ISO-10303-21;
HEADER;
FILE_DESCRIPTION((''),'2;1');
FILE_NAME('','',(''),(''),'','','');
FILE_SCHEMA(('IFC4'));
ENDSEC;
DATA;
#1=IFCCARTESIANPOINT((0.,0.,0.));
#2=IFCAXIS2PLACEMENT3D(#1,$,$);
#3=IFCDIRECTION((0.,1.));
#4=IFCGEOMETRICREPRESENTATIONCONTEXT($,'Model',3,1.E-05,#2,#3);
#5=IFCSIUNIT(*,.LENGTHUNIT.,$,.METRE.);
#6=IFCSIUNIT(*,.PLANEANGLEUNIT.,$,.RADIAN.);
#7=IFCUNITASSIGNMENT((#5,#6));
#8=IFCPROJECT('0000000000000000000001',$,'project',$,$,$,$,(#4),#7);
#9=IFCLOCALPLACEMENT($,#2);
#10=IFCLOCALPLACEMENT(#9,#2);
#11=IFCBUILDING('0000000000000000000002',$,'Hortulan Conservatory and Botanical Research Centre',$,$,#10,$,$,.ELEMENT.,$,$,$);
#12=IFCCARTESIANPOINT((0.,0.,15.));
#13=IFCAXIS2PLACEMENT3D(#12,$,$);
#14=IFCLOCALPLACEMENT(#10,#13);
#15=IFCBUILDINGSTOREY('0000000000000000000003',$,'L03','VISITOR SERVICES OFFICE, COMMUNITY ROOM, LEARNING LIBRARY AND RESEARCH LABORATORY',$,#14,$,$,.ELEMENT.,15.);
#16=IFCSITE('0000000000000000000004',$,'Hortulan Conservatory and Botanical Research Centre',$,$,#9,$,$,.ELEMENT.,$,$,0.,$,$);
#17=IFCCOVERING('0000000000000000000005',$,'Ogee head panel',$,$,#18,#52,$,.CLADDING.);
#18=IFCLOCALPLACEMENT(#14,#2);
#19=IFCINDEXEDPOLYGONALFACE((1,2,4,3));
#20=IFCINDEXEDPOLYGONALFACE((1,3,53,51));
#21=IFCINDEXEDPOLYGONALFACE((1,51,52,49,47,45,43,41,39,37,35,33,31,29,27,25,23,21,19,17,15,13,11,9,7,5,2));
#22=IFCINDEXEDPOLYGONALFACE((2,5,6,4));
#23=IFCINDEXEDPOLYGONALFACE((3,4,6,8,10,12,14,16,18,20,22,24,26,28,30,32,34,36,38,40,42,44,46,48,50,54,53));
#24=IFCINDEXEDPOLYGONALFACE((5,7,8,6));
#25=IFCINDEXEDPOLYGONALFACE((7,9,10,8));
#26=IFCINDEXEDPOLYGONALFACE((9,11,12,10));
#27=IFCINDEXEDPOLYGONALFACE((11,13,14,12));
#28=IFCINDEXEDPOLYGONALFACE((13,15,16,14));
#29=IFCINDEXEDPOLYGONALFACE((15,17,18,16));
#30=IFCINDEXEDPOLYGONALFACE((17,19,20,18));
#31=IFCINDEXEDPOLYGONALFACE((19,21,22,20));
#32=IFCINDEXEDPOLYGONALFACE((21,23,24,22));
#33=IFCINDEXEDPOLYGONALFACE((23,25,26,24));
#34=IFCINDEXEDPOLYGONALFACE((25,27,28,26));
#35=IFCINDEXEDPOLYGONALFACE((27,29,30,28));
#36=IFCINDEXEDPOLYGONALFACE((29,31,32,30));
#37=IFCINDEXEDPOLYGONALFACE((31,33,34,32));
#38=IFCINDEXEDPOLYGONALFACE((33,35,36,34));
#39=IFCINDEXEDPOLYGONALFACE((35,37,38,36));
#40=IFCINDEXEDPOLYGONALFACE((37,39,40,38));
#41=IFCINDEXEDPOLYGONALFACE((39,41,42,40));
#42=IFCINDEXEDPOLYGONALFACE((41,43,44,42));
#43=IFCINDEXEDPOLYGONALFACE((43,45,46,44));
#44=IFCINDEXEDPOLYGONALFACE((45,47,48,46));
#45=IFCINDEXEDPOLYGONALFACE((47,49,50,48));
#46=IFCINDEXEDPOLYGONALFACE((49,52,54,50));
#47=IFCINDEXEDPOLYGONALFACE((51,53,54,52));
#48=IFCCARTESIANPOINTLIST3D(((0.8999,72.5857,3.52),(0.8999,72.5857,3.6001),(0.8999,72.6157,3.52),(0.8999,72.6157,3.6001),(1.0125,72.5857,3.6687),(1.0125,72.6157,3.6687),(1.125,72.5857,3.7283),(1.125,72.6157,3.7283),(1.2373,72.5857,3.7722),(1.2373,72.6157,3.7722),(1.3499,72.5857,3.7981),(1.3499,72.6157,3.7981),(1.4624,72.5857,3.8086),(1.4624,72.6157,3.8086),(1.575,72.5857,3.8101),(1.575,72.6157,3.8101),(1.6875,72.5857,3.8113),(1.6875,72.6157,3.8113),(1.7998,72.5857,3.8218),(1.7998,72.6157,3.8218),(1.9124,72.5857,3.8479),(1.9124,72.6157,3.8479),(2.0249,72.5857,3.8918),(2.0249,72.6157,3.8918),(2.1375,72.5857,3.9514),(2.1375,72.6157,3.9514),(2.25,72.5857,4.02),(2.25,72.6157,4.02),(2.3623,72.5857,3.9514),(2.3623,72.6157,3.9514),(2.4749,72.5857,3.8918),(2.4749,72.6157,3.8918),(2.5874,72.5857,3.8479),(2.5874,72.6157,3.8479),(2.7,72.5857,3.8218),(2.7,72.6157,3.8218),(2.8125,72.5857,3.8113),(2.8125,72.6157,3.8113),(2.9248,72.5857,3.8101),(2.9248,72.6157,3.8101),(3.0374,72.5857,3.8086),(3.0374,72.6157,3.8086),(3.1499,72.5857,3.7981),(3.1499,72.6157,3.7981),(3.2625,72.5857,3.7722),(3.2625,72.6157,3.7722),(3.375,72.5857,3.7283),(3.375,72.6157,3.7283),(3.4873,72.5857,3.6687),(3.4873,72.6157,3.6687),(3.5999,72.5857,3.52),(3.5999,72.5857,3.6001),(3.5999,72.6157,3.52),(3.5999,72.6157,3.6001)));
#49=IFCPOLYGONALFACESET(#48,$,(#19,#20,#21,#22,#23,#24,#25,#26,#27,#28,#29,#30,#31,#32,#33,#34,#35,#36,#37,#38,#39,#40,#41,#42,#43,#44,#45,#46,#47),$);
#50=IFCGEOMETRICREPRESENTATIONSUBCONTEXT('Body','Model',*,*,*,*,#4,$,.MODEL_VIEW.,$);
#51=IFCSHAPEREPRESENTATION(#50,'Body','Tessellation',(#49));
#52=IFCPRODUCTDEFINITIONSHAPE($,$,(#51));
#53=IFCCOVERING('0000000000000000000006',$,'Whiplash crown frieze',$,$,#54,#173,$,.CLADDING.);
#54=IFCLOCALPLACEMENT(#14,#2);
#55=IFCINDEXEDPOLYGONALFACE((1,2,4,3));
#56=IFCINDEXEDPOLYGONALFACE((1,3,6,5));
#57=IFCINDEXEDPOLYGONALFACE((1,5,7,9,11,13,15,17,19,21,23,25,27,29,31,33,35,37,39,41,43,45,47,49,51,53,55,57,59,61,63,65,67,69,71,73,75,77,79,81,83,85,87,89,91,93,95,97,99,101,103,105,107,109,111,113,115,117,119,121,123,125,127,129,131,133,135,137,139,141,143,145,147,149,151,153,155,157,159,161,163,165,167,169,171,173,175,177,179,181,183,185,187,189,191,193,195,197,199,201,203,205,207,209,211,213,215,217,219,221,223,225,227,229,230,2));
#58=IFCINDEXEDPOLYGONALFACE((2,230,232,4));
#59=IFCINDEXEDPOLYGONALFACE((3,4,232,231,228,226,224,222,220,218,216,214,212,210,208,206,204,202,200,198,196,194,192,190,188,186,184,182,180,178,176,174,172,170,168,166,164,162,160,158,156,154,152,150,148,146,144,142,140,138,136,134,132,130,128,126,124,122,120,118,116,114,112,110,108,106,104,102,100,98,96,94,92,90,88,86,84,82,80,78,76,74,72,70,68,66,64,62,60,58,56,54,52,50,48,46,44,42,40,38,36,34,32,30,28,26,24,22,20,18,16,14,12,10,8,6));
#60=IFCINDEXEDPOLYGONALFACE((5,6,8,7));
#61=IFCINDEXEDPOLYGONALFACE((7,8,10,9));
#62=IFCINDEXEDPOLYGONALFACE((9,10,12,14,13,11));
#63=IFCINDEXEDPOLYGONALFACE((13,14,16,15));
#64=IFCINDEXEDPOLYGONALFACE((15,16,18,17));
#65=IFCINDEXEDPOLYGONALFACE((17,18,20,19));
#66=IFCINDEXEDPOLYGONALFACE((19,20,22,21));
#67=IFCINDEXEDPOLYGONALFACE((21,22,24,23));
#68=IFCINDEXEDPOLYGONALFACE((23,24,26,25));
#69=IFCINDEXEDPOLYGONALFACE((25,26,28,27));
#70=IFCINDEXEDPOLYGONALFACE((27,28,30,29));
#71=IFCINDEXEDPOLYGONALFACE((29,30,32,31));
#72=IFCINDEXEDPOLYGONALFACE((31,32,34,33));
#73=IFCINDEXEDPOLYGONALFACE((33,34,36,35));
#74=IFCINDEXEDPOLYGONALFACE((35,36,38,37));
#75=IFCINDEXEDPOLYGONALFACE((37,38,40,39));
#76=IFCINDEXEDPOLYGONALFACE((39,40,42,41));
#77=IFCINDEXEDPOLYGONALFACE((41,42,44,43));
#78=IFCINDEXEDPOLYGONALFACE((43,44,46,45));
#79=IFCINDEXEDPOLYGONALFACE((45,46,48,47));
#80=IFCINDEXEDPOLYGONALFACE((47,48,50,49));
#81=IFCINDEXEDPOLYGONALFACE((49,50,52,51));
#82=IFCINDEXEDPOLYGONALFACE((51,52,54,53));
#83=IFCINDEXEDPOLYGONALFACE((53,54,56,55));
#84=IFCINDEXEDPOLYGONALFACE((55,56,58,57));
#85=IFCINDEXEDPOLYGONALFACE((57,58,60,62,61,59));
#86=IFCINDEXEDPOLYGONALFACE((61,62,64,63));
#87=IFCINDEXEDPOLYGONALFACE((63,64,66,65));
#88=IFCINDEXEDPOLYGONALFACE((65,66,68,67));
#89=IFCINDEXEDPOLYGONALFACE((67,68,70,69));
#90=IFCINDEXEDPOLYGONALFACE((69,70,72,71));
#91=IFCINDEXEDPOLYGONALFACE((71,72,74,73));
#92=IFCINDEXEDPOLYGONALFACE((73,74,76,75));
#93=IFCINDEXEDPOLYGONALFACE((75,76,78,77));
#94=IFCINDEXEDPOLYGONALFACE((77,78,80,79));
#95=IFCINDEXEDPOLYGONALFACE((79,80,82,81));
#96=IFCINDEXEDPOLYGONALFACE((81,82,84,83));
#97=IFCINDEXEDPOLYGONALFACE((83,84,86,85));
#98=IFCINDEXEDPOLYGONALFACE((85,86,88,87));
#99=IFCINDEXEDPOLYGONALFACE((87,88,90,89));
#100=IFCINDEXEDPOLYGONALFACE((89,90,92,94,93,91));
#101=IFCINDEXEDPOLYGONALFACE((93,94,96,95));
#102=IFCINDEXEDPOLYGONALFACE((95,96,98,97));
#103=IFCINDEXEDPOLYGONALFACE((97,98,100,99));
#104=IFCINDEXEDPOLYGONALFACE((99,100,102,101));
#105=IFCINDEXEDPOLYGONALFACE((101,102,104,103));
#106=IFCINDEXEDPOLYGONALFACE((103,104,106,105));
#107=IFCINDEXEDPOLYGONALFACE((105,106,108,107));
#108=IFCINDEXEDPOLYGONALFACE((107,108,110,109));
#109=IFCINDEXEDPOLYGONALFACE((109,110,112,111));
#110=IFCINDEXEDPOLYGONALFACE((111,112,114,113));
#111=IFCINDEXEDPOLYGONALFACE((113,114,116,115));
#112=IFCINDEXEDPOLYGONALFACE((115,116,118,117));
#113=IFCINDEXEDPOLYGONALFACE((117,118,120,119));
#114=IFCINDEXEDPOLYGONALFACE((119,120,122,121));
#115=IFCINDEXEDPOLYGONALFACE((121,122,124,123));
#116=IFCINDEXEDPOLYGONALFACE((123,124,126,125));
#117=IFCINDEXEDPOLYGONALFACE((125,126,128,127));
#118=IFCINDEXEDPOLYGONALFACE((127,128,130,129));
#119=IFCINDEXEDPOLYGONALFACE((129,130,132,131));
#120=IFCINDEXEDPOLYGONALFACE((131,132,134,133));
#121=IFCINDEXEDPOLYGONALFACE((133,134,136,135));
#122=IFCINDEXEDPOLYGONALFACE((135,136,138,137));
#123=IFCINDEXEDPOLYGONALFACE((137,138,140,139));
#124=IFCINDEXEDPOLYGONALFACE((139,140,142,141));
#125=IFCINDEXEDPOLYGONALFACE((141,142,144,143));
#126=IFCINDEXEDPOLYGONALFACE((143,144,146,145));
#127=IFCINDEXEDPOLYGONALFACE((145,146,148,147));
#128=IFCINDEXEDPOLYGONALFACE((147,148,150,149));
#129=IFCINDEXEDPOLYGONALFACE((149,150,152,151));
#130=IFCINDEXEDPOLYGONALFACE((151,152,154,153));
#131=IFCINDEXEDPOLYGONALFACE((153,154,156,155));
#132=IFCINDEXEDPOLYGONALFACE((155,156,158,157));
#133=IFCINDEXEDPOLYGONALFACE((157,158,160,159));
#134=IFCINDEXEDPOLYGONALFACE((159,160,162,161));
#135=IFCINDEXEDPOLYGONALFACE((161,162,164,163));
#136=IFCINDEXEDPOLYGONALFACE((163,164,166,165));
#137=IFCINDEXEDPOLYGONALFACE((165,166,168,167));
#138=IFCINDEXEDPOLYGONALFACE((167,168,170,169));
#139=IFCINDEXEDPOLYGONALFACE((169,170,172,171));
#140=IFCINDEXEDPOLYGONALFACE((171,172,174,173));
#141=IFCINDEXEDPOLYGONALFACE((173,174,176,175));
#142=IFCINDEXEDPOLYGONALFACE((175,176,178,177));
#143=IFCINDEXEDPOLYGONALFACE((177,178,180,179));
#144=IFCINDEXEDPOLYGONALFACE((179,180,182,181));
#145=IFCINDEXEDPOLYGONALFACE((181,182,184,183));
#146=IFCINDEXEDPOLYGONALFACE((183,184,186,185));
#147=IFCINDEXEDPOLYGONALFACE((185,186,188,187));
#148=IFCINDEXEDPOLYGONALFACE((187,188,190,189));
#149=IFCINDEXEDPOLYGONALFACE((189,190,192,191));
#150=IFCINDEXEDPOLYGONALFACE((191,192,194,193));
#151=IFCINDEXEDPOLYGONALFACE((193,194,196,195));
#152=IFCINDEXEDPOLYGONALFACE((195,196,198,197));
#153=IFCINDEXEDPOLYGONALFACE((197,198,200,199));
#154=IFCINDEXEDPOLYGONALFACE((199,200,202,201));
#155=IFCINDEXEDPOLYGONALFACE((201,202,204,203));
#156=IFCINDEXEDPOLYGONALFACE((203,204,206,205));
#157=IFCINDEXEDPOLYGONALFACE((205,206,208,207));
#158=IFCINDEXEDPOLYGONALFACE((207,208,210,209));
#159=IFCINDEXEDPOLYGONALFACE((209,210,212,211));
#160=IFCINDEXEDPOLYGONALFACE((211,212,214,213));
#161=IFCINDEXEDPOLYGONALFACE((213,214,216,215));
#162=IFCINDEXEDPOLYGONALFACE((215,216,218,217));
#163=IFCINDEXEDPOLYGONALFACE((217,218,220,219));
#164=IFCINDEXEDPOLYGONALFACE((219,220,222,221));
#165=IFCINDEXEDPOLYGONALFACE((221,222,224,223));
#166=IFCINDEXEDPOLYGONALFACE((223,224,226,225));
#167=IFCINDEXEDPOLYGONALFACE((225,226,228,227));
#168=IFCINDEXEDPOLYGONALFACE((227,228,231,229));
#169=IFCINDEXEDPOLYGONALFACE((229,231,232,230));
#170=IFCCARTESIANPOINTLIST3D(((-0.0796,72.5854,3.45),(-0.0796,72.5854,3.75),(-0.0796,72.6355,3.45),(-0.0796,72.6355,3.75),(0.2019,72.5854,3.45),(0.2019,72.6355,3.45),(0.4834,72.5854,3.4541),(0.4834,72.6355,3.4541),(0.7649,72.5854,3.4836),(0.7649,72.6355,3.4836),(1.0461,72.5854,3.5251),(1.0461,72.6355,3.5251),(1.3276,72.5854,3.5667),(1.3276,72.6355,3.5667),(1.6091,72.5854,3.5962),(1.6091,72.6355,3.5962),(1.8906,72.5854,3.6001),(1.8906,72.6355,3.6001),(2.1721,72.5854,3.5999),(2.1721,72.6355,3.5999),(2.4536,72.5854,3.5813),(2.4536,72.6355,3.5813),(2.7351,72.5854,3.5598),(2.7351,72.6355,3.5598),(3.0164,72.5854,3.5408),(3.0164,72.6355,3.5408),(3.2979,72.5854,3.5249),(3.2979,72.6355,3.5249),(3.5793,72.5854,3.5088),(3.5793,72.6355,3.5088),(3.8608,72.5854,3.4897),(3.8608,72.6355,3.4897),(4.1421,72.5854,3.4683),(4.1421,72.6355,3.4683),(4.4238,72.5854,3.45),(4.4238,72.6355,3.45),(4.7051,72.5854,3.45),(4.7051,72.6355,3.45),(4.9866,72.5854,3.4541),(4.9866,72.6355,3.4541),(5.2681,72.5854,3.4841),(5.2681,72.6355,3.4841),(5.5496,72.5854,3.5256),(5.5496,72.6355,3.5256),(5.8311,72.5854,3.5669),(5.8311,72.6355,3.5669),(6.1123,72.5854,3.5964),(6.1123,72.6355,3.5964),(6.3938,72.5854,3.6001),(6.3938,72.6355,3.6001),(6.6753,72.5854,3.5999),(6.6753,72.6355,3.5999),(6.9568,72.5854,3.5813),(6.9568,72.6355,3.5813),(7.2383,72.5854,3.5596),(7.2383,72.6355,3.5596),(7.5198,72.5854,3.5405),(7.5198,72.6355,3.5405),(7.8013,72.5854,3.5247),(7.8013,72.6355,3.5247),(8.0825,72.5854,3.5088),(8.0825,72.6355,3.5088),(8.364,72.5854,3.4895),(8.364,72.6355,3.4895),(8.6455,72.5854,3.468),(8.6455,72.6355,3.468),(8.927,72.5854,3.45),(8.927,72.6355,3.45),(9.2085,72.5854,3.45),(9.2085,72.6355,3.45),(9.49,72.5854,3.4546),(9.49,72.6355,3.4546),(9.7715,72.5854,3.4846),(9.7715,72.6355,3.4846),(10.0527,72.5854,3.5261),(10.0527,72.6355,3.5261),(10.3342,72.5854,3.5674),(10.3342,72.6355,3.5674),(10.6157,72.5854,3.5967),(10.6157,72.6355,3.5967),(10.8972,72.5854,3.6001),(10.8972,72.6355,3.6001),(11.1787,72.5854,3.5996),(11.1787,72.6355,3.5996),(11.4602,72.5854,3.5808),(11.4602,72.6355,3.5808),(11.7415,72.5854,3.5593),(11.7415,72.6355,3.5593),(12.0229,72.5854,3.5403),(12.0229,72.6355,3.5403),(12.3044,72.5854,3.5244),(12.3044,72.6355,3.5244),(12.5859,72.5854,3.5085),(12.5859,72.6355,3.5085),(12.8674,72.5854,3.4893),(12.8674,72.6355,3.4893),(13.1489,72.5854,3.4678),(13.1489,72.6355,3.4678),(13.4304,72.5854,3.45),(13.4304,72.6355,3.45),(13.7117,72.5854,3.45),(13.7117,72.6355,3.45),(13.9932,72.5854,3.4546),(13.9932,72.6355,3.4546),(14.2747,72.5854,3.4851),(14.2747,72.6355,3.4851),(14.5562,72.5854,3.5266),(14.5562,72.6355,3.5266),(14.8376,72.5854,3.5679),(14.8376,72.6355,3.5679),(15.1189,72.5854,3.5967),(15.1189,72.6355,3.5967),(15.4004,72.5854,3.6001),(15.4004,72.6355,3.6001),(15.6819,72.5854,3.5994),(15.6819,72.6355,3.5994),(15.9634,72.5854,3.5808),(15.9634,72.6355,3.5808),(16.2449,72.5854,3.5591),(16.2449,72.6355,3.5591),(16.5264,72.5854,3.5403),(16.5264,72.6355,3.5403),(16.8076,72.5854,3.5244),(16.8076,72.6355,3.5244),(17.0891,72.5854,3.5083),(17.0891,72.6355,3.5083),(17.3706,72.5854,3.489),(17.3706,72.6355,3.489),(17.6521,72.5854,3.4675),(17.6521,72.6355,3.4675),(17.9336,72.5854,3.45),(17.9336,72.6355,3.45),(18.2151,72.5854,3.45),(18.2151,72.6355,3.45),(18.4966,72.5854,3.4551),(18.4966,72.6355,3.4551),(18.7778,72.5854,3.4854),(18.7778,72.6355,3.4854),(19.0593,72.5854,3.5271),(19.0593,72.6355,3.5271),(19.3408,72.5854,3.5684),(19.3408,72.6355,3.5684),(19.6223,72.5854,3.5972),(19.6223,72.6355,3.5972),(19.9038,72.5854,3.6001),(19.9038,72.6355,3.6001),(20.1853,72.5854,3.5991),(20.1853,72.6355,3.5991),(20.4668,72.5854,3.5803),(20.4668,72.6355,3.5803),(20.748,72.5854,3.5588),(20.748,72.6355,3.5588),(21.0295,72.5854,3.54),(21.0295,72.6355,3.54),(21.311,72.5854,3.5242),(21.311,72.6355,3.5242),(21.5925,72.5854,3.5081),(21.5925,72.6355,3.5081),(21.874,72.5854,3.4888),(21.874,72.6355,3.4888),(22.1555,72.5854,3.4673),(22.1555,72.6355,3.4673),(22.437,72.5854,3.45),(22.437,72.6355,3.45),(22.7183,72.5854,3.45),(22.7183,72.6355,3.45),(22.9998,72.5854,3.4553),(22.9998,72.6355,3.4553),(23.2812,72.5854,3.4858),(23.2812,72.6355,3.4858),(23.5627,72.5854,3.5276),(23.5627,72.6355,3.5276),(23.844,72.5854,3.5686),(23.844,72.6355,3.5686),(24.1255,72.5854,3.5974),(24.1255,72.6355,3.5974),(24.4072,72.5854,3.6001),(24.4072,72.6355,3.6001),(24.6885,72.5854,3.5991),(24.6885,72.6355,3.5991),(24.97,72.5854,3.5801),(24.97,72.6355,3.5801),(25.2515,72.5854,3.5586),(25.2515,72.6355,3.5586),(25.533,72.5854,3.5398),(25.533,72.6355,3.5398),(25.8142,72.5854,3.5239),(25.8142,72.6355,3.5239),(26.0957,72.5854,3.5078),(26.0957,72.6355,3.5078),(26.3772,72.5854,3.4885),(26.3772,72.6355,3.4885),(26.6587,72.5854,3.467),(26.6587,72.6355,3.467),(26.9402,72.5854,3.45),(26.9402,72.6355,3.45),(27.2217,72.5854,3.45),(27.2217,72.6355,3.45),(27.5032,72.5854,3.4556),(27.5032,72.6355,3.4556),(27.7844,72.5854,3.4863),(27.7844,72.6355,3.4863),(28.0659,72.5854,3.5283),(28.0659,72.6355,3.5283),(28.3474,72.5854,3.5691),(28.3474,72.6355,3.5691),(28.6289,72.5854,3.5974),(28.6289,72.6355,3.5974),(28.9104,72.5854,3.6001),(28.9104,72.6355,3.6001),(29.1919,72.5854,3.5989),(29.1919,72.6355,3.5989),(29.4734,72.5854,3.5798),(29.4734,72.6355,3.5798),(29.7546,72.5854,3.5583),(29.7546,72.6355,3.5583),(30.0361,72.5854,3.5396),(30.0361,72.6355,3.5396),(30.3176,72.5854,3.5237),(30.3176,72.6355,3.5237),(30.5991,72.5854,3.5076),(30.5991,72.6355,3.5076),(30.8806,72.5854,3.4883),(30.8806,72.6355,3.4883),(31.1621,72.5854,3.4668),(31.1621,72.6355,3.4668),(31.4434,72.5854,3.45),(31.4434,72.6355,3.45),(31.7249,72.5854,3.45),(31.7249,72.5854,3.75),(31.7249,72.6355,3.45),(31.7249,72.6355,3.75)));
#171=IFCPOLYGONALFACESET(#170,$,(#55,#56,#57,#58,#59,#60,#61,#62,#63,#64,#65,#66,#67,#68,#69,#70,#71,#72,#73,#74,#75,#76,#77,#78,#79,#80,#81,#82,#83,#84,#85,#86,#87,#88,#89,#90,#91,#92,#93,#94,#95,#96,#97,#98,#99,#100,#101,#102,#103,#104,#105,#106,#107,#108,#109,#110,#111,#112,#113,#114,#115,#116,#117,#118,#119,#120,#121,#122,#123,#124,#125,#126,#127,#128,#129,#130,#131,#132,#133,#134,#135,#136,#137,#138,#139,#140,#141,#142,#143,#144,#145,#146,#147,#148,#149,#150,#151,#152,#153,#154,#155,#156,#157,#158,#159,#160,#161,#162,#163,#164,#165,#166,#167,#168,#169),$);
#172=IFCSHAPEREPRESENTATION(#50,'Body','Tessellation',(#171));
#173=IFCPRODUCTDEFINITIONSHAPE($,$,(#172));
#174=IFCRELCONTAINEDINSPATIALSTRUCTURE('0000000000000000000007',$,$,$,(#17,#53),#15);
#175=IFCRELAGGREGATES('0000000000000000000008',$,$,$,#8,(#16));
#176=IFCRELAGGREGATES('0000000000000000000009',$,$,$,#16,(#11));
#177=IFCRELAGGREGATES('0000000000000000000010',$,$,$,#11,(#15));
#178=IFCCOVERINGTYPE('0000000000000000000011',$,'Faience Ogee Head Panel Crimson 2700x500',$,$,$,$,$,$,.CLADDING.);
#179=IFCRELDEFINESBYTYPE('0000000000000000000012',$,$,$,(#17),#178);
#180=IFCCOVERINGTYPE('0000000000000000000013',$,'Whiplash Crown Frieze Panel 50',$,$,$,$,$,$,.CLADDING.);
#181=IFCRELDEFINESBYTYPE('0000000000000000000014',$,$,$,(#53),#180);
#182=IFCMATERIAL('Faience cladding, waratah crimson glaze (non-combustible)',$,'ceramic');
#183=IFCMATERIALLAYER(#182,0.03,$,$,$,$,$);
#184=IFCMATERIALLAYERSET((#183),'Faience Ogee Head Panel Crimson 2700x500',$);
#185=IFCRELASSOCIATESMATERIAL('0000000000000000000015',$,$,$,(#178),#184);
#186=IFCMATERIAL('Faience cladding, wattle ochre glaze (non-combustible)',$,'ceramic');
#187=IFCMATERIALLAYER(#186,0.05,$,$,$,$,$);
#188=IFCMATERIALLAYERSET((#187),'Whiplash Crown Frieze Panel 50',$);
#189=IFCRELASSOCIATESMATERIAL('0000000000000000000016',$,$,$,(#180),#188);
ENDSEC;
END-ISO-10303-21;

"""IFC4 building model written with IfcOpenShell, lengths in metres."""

from ifc_helpers import new_model, si_unit, direction, frame, origin, place, context, subcontext, project, spatial, polyline, outline, extrude, material, layer, layer_set, type_object, element, save


model = new_model("IFC4")

# Units and contexts
model_context = context("Model", 3, precision=1e-05, world=origin(), true_north=direction((0.0, 1.0)))
body_context = subcontext(model_context, "Body", "Model", "MODEL_VIEW")
ifc_project = project(units=[si_unit("LENGTHUNIT", "METRE"), si_unit("PLANEANGLEUNIT", "RADIAN")], contexts=[model_context])

# Site, building, storey
site_placement = place(None, origin())
site = spatial("IfcSite", under=ifc_project, at=site_placement, Name="Hortulan Conservatory and Botanical Research Centre", CompositionType="ELEMENT", RefElevation=0.0)
building_placement = place(site_placement, origin())
building = spatial("IfcBuilding", under=site, at=building_placement, Name="Hortulan Conservatory and Botanical Research Centre", CompositionType="ELEMENT")
storey_placement = place(building_placement, frame((0.0, 0.0, 15.0)))
storey = spatial("IfcBuildingStorey", under=building, at=storey_placement, Name="L03", Description="VISITOR SERVICES OFFICE, COMMUNITY ROOM, LEARNING LIBRARY AND RESEARCH LABORATORY", CompositionType="ELEMENT", Elevation=15.0)

# Coverings
ifc_material_1 = material(Name="Faience cladding, waratah crimson glaze (non-combustible)", Category="ceramic")
ifc_layer_1 = layer(ifc_material_1, 0.03)
ifc_layer_set_1 = layer_set([ifc_layer_1], Name="Faience Ogee Head Panel Crimson 2700x500")
covering_type_1 = type_object("IfcCoveringType", Name="Faience Ogee Head Panel Crimson 2700x500", PredefinedType="CLADDING", material=ifc_layer_set_1)
covering_1_placement = place(storey_placement, frame((0.8999, 72.6006, 3.52), z_axis=(0.0, 0.0, 1.0), x_axis=(1.0, 0.0, 0.0)))
element("IfcCovering", 1, at=covering_1_placement, inside=storey, type_object=covering_type_1, Name="Ogee head panel", PredefinedType="CLADDING", context=body_context, shape_type="SweptSolid", body=[
    extrude(outline(polyline([(0.0, 0.0), (2.7, 0.0), (2.7, 0.0801), (2.5874, 0.1487), (2.4751, 0.2083), (2.3625, 0.2522), (2.25, 0.2781), (2.1375, 0.2886), (2.0249, 0.29), (1.9126, 0.2913), (1.8, 0.3018), (1.6875, 0.3279), (1.575, 0.3718), (1.4624, 0.4314), (1.3501, 0.5), (1.2375, 0.4314), (1.125, 0.3718), (1.0125, 0.3279), (0.8999, 0.3018), (0.7876, 0.2913), (0.675, 0.29), (0.5625, 0.2886), (0.45, 0.2781), (0.3374, 0.2522), (0.2251, 0.2083), (0.1125, 0.1487), (0.0, 0.0801), (0.0, 0.0)])), frame((0.0, 0.0151, 0.0), z_axis=(0.0, -1.0, 0.0), x_axis=(1.0, 0.0, 0.0)), (0.0, 0.0, 1.0), 0.03),
])
ifc_material_2 = material(Name="Faience cladding, wattle ochre glaze (non-combustible)", Category="ceramic")
ifc_layer_2 = layer(ifc_material_2, 0.05)
ifc_layer_set_2 = layer_set([ifc_layer_2], Name="Whiplash Crown Frieze Panel 50")
covering_type_2 = type_object("IfcCoveringType", Name="Whiplash Crown Frieze Panel 50", PredefinedType="CLADDING", material=ifc_layer_set_2)
covering_2_placement = place(storey_placement, frame((-0.0796, 72.6106, 3.45), z_axis=(0.0, 0.0, 1.0), x_axis=(1.0, 0.0, 0.0)))
element("IfcCovering", 2, at=covering_2_placement, inside=storey, type_object=covering_type_2, Name="Whiplash crown frieze", PredefinedType="CLADDING", context=body_context, shape_type="SweptSolid", body=[
    extrude(outline(polyline([(0.0, 0.0), (0.2815, 0.0), (0.563, 0.0042), (0.8445, 0.0337), (1.1257, 0.0752), (1.4072, 0.1167), (1.6887, 0.1462), (1.9702, 0.1501), (2.2517, 0.1499), (2.5332, 0.1313), (2.8147, 0.1099), (3.0959, 0.0908), (3.3774, 0.075), (3.6589, 0.0588), (3.9404, 0.0398), (4.2217, 0.0183), (4.5034, 0.0), (4.7847, 0.0), (5.0662, 0.0042), (5.3477, 0.0342), (5.6292, 0.0757), (5.9106, 0.1169), (6.1919, 0.1465), (6.4734, 0.1501), (6.7549, 0.1499), (7.0364, 0.1313), (7.3179, 0.1096), (7.5994, 0.0906), (7.8809, 0.0747), (8.1621, 0.0588), (8.4436, 0.0396), (8.7251, 0.0181), (9.0066, 0.0), (9.2881, 0.0), (9.5696, 0.0046), (9.8511, 0.0347), (10.1323, 0.0762), (10.4138, 0.1174), (10.6953, 0.1467), (10.9768, 0.1501), (11.2583, 0.1497), (11.5398, 0.1309), (11.821, 0.1094), (12.1025, 0.0903), (12.384, 0.0745), (12.6655, 0.0586), (12.947, 0.0393), (13.2285, 0.0178), (13.51, 0.0), (13.7913, 0.0), (14.0728, 0.0046), (14.3542, 0.0352), (14.6357, 0.0767), (14.9172, 0.1179), (15.1985, 0.1467), (15.48, 0.1501), (15.7615, 0.1494), (16.043, 0.1309), (16.3245, 0.1091), (16.606, 0.0903), (16.8872, 0.0745), (17.1687, 0.0583), (17.4502, 0.0391), (17.7317, 0.0176), (18.0132, 0.0), (18.2947, 0.0), (18.5762, 0.0051), (18.8574, 0.0354), (19.1389, 0.0771), (19.4204, 0.1184), (19.7019, 0.1472), (19.9834, 0.1501), (20.2649, 0.1492), (20.5464, 0.1304), (20.8276, 0.1089), (21.1091, 0.0901), (21.3906, 0.0742), (21.6721, 0.0581), (21.9536, 0.0388), (22.2351, 0.0173), (22.5166, 0.0), (22.7979, 0.0), (23.0793, 0.0054), (23.3608, 0.0359), (23.6423, 0.0776), (23.9236, 0.1187), (24.2051, 0.1475), (24.4868, 0.1501), (24.7681, 0.1492), (25.0496, 0.1301), (25.3311, 0.1086), (25.6125, 0.0898), (25.8938, 0.074), (26.1753, 0.0579), (26.4568, 0.0386), (26.7383, 0.0171), (27.0198, 0.0), (27.3013, 0.0), (27.5828, 0.0056), (27.864, 0.0364), (28.1455, 0.0784), (28.427, 0.1191), (28.7085, 0.1475), (28.99, 0.1501), (29.2715, 0.1489), (29.553, 0.1299), (29.8342, 0.1084), (30.1157, 0.0896), (30.3972, 0.0737), (30.6787, 0.0576), (30.9602, 0.0383), (31.2417, 0.0168), (31.5229, 0.0), (31.8044, 0.0), (31.8044, 0.3), (0.0, 0.3), (0.0, 0.0)])), frame((0.0, 0.0249, 0.0), z_axis=(0.0, -1.0, 0.0), x_axis=(1.0, 0.0, 0.0)), (0.0, 0.0, 1.0), 0.05),
])

save(model, "model.ifc")
